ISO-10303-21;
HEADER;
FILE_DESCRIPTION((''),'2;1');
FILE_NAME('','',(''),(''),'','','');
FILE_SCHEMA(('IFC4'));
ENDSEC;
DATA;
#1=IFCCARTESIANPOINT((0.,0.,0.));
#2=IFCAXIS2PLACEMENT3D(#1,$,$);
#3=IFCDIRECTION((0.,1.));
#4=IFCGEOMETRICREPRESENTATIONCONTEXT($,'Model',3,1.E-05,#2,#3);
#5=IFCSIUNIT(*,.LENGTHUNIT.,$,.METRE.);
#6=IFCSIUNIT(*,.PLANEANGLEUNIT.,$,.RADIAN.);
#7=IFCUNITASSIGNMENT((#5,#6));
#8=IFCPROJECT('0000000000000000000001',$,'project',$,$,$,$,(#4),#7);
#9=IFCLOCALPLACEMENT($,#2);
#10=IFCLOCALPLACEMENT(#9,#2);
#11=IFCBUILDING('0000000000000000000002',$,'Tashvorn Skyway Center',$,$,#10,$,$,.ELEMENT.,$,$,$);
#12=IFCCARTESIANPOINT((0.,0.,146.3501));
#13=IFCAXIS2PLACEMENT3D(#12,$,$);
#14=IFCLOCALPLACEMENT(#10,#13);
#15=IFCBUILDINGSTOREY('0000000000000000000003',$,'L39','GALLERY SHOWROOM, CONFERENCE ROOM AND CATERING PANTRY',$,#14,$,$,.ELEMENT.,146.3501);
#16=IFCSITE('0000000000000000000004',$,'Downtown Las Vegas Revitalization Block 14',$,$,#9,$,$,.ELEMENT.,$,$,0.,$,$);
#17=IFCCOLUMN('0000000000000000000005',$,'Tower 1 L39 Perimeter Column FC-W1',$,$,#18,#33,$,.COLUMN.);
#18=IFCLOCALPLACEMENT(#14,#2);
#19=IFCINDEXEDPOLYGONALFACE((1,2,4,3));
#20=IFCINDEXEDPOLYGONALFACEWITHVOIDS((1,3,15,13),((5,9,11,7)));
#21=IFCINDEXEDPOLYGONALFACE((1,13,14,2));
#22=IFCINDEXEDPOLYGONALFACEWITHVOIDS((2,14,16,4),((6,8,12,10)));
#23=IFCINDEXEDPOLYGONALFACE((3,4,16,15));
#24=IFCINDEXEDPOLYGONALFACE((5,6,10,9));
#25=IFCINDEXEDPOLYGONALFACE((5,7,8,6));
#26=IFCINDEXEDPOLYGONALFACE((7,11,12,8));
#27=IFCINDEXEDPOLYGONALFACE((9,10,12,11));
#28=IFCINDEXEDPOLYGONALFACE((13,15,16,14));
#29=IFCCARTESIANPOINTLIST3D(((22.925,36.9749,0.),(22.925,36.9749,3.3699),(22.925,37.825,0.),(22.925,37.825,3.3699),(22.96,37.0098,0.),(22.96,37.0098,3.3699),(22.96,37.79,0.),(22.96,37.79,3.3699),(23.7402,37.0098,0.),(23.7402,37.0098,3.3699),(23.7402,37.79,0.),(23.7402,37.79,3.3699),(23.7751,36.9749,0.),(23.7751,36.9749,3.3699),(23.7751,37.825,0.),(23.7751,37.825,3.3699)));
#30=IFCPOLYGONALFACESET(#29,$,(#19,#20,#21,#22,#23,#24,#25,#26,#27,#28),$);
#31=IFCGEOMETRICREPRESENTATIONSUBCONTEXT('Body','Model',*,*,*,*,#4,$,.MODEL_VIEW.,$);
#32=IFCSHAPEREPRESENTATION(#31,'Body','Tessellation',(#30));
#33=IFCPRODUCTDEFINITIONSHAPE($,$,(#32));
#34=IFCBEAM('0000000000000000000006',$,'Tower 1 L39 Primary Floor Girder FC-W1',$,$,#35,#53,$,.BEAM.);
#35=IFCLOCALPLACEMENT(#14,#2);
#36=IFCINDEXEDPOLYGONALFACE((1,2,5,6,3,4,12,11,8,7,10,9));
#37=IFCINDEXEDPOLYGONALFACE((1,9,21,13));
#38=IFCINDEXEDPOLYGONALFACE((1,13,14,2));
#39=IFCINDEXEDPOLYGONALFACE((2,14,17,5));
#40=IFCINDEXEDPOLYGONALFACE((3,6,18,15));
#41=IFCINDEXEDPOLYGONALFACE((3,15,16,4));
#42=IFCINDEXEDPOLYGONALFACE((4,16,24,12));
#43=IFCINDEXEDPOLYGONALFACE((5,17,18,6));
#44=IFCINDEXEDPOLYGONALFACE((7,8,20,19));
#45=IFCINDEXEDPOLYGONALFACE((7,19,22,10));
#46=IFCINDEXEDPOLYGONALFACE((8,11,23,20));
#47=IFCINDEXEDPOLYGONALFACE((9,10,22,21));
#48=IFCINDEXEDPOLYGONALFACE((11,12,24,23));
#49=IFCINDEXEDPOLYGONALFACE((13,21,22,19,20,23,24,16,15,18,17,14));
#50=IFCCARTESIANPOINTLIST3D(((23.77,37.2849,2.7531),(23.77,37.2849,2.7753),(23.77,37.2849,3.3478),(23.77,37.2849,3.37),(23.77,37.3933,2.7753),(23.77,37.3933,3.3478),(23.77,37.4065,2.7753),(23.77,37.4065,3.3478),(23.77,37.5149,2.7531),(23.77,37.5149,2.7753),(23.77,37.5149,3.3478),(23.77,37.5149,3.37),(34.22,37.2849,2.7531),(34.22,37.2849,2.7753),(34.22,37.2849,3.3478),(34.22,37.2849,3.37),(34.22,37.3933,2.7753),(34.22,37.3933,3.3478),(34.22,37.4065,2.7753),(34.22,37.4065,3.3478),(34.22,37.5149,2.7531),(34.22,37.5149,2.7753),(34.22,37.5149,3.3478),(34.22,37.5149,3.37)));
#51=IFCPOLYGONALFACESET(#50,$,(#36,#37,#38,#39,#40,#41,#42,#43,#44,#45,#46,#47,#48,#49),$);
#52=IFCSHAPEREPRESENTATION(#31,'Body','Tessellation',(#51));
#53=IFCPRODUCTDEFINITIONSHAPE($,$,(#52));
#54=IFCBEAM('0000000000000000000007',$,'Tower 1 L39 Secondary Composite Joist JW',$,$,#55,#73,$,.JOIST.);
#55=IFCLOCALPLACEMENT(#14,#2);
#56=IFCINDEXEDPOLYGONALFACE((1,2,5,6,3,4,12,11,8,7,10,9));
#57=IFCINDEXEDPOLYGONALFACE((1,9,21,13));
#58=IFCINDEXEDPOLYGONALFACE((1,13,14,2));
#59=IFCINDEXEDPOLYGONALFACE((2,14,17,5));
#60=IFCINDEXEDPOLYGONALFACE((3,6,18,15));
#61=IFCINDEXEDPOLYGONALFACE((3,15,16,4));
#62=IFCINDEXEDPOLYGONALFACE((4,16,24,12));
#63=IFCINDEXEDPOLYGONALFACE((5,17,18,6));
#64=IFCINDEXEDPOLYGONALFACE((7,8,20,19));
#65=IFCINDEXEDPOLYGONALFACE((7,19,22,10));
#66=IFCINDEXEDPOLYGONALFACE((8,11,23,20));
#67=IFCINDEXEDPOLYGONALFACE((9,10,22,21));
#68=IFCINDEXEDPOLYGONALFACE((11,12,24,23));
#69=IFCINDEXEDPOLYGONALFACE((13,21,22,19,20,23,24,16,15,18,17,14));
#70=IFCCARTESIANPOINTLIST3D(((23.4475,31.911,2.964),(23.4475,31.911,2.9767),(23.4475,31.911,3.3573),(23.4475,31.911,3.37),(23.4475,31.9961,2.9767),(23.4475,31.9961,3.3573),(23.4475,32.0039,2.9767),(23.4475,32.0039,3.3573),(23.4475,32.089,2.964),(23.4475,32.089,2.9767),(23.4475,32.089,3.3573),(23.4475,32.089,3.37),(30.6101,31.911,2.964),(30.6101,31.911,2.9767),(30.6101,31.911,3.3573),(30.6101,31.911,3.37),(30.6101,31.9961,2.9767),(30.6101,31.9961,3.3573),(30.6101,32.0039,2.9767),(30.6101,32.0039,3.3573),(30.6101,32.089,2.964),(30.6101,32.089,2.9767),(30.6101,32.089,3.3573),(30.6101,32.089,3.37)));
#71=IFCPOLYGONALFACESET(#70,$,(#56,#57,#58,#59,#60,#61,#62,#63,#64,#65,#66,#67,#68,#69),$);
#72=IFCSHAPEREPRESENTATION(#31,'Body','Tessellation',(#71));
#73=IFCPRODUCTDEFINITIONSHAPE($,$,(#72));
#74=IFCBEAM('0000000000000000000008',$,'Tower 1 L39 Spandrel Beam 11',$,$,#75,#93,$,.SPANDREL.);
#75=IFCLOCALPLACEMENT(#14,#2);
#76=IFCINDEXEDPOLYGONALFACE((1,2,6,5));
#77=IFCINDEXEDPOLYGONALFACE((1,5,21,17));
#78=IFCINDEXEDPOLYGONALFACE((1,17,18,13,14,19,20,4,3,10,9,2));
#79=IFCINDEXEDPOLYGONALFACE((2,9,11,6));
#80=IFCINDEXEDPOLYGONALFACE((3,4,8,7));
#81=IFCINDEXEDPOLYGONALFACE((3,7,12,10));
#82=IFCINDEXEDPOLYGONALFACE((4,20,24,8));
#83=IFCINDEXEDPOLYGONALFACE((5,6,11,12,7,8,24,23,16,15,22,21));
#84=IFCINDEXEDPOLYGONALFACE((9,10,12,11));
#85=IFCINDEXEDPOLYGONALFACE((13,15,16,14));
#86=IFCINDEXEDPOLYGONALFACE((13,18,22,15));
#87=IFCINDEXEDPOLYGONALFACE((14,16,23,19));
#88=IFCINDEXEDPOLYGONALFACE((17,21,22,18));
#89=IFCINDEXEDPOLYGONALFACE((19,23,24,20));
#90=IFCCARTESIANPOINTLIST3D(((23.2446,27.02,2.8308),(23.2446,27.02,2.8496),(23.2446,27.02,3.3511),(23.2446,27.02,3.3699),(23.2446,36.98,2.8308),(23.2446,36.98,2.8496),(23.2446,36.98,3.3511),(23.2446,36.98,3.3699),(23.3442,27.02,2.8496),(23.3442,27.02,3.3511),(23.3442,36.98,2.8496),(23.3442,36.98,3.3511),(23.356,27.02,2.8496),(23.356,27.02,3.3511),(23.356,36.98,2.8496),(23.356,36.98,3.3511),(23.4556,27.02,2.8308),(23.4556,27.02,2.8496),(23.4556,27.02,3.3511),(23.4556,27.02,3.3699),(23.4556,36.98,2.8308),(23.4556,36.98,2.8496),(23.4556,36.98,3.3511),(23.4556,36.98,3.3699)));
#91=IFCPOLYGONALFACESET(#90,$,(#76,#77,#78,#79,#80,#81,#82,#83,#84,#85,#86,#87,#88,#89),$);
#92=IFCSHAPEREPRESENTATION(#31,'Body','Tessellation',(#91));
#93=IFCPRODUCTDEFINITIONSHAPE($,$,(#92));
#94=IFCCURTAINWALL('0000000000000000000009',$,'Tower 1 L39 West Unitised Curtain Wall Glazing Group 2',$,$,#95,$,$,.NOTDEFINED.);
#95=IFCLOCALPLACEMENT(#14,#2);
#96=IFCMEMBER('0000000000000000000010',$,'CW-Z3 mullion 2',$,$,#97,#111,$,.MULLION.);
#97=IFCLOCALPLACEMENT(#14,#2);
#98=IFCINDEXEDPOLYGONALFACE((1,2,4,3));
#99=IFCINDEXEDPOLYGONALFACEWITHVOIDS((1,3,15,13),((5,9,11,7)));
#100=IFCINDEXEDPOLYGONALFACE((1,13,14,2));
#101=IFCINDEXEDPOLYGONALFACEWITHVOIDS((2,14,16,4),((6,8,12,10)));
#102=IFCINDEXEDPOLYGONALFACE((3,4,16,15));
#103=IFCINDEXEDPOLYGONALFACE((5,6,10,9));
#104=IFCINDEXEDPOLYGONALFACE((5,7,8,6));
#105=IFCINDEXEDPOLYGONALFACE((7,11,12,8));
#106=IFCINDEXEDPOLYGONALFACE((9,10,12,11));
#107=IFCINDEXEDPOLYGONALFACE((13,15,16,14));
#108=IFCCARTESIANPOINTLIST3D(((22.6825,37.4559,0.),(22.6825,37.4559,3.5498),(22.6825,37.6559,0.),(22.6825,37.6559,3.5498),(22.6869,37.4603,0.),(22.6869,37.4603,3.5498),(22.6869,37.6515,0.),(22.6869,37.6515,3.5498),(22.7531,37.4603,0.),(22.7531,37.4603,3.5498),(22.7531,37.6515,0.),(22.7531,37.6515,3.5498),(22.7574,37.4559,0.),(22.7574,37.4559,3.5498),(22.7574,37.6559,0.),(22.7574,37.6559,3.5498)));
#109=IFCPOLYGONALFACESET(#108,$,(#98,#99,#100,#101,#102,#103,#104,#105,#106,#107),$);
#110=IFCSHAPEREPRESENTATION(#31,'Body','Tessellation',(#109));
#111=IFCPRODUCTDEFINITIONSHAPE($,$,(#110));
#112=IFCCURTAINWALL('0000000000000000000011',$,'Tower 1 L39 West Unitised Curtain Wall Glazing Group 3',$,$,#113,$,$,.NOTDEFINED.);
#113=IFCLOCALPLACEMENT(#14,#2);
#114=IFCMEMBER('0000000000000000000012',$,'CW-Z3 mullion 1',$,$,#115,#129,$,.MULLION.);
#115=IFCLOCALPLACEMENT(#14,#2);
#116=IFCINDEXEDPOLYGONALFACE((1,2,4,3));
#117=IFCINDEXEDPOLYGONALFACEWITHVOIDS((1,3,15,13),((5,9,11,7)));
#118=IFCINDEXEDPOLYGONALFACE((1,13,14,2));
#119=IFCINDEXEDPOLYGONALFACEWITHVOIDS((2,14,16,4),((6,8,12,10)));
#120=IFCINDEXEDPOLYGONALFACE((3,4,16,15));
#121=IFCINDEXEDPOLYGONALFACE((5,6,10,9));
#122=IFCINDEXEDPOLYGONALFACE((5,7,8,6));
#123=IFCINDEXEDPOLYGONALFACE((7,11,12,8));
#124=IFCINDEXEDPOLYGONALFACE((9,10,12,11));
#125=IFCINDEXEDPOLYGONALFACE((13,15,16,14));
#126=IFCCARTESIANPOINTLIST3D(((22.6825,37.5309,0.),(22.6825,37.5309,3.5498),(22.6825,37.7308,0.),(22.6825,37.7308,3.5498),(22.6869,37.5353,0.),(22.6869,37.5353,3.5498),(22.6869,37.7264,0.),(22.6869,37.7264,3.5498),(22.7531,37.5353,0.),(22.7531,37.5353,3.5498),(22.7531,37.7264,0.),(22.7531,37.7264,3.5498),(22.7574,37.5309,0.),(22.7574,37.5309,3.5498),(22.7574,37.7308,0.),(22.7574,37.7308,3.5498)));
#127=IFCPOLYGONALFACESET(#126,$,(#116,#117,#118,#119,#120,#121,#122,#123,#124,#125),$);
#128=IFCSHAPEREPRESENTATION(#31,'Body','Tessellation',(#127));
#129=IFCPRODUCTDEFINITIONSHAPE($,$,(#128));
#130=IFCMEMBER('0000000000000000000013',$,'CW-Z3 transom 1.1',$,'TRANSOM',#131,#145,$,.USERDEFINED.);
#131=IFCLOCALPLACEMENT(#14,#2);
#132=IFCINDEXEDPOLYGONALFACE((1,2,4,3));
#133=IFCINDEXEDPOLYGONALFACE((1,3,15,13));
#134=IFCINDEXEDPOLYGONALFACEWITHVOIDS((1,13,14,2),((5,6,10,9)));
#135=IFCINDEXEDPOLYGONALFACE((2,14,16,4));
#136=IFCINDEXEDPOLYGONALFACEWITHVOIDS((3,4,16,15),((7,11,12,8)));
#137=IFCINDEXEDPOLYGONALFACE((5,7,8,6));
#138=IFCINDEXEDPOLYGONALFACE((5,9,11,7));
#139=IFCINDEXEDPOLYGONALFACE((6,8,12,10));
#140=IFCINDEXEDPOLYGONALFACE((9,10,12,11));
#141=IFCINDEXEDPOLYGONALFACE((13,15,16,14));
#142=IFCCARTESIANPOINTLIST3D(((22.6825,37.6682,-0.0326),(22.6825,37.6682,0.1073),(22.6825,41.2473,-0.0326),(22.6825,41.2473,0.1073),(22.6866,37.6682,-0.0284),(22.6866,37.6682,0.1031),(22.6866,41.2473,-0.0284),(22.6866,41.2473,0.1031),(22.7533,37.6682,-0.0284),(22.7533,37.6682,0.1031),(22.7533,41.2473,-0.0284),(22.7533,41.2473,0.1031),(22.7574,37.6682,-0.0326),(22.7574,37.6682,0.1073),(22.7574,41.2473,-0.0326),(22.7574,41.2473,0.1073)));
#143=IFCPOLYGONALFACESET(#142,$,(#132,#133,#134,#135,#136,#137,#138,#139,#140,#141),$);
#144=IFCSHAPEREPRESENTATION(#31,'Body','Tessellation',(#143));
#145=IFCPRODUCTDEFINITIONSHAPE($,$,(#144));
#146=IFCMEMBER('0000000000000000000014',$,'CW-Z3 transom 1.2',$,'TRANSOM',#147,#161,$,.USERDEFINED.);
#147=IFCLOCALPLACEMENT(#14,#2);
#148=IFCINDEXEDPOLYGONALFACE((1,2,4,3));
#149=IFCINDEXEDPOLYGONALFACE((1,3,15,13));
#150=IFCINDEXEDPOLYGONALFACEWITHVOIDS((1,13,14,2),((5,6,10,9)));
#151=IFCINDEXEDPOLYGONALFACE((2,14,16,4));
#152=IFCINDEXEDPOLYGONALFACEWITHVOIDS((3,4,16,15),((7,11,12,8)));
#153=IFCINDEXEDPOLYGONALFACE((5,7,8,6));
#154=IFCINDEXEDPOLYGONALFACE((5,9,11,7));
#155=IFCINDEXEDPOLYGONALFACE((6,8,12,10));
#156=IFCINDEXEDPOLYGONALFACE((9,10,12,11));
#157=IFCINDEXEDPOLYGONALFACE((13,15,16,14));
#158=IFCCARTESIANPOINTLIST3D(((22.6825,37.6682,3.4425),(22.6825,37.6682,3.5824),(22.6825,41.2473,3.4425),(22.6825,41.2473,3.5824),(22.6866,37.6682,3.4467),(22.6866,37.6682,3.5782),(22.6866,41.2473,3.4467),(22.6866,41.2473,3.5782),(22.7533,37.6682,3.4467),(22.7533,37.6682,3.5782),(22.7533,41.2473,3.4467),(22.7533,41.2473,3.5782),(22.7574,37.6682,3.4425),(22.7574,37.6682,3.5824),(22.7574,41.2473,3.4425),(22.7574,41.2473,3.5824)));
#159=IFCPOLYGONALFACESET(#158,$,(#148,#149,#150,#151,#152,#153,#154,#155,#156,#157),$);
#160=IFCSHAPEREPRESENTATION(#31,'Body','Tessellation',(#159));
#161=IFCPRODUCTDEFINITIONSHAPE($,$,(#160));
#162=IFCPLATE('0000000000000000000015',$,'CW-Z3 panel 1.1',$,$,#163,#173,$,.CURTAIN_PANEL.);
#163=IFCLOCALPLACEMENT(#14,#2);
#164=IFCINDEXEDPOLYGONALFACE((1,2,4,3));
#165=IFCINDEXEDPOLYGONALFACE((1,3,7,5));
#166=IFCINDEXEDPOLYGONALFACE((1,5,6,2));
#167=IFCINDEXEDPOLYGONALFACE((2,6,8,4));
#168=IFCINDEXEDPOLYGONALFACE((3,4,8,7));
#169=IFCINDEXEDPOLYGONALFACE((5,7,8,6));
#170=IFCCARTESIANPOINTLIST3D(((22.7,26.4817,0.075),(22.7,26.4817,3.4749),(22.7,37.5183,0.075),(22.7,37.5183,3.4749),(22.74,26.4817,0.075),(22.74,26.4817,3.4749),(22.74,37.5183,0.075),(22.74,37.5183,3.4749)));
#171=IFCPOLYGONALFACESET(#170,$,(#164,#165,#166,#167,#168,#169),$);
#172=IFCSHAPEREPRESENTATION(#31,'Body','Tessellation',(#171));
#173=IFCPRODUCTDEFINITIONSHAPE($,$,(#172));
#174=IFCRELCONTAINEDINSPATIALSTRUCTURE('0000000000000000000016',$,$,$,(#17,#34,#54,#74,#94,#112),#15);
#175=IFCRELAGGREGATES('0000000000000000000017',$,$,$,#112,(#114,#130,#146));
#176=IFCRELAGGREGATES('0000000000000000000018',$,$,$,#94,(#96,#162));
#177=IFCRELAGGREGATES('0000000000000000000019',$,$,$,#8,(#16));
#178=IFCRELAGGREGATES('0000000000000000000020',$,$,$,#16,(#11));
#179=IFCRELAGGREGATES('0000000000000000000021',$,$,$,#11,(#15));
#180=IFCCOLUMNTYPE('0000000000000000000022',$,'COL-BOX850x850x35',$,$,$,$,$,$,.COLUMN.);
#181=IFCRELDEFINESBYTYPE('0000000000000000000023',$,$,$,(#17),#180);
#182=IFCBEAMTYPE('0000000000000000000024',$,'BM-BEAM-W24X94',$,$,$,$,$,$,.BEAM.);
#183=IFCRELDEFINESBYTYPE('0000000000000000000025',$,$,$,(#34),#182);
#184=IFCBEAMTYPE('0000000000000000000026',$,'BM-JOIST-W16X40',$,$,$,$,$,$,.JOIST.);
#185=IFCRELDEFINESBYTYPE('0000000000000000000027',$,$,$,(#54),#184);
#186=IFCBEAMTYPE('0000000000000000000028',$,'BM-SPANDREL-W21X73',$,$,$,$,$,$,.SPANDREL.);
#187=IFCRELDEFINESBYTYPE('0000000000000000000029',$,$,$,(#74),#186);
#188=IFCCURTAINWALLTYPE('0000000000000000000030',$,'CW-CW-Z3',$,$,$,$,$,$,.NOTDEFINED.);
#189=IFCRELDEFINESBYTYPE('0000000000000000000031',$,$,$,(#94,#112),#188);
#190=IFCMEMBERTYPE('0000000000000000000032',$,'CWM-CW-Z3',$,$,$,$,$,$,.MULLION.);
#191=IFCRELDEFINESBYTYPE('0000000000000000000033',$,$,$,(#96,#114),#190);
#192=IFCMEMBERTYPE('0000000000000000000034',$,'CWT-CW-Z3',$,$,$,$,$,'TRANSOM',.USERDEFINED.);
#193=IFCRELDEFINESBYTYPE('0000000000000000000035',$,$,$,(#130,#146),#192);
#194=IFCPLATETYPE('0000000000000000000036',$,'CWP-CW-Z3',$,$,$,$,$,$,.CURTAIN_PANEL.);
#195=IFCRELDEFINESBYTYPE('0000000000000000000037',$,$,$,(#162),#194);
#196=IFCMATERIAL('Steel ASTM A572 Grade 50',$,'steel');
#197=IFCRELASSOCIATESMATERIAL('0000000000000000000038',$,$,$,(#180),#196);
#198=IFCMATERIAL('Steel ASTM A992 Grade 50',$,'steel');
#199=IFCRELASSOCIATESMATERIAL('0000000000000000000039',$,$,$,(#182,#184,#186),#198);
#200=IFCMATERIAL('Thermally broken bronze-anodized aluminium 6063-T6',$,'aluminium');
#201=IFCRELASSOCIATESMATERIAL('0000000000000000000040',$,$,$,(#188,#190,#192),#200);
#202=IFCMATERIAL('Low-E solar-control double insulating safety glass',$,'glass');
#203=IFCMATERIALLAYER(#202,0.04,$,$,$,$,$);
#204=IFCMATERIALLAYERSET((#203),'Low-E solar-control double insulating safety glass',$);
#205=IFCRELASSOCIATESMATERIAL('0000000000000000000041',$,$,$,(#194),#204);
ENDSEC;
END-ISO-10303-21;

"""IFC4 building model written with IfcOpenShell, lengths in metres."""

from ifc_helpers import new_model, si_unit, direction, frame, origin, origin_2d, place, context, subcontext, project, spatial, rectangle, hollow_rectangle, i_section, extrude, material, layer, layer_set, material_profile, profile_set, type_object, element, aggregate, save


model = new_model("IFC4")

# Units and contexts
model_context = context("Model", 3, precision=1e-05, world=origin(), true_north=direction((0.0, 1.0)))
body_context = subcontext(model_context, "Body", "Model", "MODEL_VIEW")
ifc_project = project(units=[si_unit("LENGTHUNIT", "METRE"), si_unit("PLANEANGLEUNIT", "RADIAN")], contexts=[model_context])

# Site, building, storey
site_placement = place(None, origin())
site = spatial("IfcSite", under=ifc_project, at=site_placement, Name="Downtown Las Vegas Revitalization Block 14", CompositionType="ELEMENT", RefElevation=0.0)
building_placement = place(site_placement, origin())
building = spatial("IfcBuilding", under=site, at=building_placement, Name="Tashvorn Skyway Center", CompositionType="ELEMENT")
storey_placement = place(building_placement, frame((0.0, 0.0, 146.3501)))
storey = spatial("IfcBuildingStorey", under=building, at=storey_placement, Name="L39", Description="GALLERY SHOWROOM, CONFERENCE ROOM AND CATERING PANTRY", CompositionType="ELEMENT", Elevation=146.3501)

# Column
ifc_material_1 = material(Name="Steel ASTM A572 Grade 50", Category="steel")
ifc_material_profile_1 = material_profile(ifc_material_1, hollow_rectangle(XDim=0.8501, YDim=0.8501, WallThickness=0.0349, at=origin_2d()), Name="BOX850x850x35")
ifc_profile_set_1 = profile_set([ifc_material_profile_1], Name="Steel ASTM A572 Grade 50")
column_type = type_object("IfcColumnType", Name="COL-BOX850x850x35", PredefinedType="COLUMN", material=ifc_profile_set_1)
column_placement = place(storey_placement, frame((23.3501, 37.3999, 0.0), z_axis=(0.0, 0.0, 1.0), x_axis=(1.0, 0.0, 0.0)))
element("IfcColumn", 1, at=column_placement, inside=storey, type_object=column_type, Name="Tower 1 L39 Perimeter Column FC-W1", PredefinedType="COLUMN", context=body_context, shape_type="SweptSolid", body=[
    extrude(hollow_rectangle(XDim=0.8501, YDim=0.8501, WallThickness=0.0349, at=origin_2d()), origin(), (0.0, 0.0, 1.0), 3.3699),
])

# Beams
ifc_material_2 = material(Name="Steel ASTM A992 Grade 50", Category="steel")
ifc_material_profile_2 = material_profile(ifc_material_2, i_section(OverallWidth=0.23, OverallDepth=0.6169, WebThickness=0.0132, FlangeThickness=0.0222, at=origin_2d()), Name="W24X94")
ifc_profile_set_2 = profile_set([ifc_material_profile_2], Name="Steel ASTM A992 Grade 50")
beam_type_1 = type_object("IfcBeamType", Name="BM-BEAM-W24X94", PredefinedType="BEAM", material=ifc_profile_set_2)
beam_1_placement = place(storey_placement, frame((23.77, 37.3999, 3.0615), z_axis=(1.0, 0.0, 0.0), x_axis=(0.0, 1.0, 0.0)))
element("IfcBeam", 2, at=beam_1_placement, inside=storey, type_object=beam_type_1, Name="Tower 1 L39 Primary Floor Girder FC-W1", PredefinedType="BEAM", context=body_context, shape_type="SweptSolid", body=[
    extrude(i_section(OverallWidth=0.23, OverallDepth=0.6169, WebThickness=0.0132, FlangeThickness=0.0222, at=origin_2d()), origin(), (0.0, 0.0, 1.0), 10.45),
])
ifc_material_profile_3 = material_profile(ifc_material_2, i_section(OverallWidth=0.178, OverallDepth=0.406, WebThickness=0.0078, FlangeThickness=0.0127, at=origin_2d()), Name="W16X40")
ifc_profile_set_3 = profile_set([ifc_material_profile_3], Name="Steel ASTM A992 Grade 50")
beam_type_2 = type_object("IfcBeamType", Name="BM-JOIST-W16X40", PredefinedType="JOIST", material=ifc_profile_set_3)
beam_2_placement = place(storey_placement, frame((30.6101, 32.0, 3.167), z_axis=(-1.0, 0.0, 0.0), x_axis=(0.0, -1.0, 0.0)))
element("IfcBeam", 3, at=beam_2_placement, inside=storey, type_object=beam_type_2, Name="Tower 1 L39 Secondary Composite Joist JW", PredefinedType="JOIST", context=body_context, shape_type="SweptSolid", body=[
    extrude(i_section(OverallWidth=0.178, OverallDepth=0.406, WebThickness=0.0078, FlangeThickness=0.0127, at=origin_2d()), origin(), (0.0, 0.0, 1.0), 7.1626),
])
ifc_material_profile_4 = material_profile(ifc_material_2, i_section(OverallWidth=0.2109, OverallDepth=0.5391, WebThickness=0.0117, FlangeThickness=0.0188, at=origin_2d()), Name="W21X73")
ifc_profile_set_4 = profile_set([ifc_material_profile_4], Name="Steel ASTM A992 Grade 50")
beam_type_3 = type_object("IfcBeamType", Name="BM-SPANDREL-W21X73", PredefinedType="SPANDREL", material=ifc_profile_set_4)
beam_3_placement = place(storey_placement, frame((23.3501, 36.98, 3.1003), z_axis=(0.0, -1.0, 0.0), x_axis=(1.0, 0.0, 0.0)))
element("IfcBeam", 4, at=beam_3_placement, inside=storey, type_object=beam_type_3, Name="Tower 1 L39 Spandrel Beam 11", PredefinedType="SPANDREL", context=body_context, shape_type="SweptSolid", body=[
    extrude(i_section(OverallWidth=0.2109, OverallDepth=0.5391, WebThickness=0.0117, FlangeThickness=0.0188, at=origin_2d()), origin(), (0.0, 0.0, 1.0), 9.96),
])

# Curtain wall, member
ifc_material_3 = material(Name="Thermally broken bronze-anodized aluminium 6063-T6", Category="aluminium")
curtain_wall_type = type_object("IfcCurtainWallType", Name="CW-CW-Z3", PredefinedType="NOTDEFINED", material=ifc_material_3)
curtain_wall_1_placement = place(storey_placement, origin())
curtain_wall_1 = element("IfcCurtainWall", 5, at=curtain_wall_1_placement, inside=storey, type_object=curtain_wall_type, Name="Tower 1 L39 West Unitised Curtain Wall Glazing Group 2", PredefinedType="NOTDEFINED")
ifc_material_profile_5 = material_profile(ifc_material_3, hollow_rectangle(XDim=0.075, YDim=0.2, WallThickness=0.0044, at=origin_2d()), Name="ALU-MULL-75x200")
ifc_profile_set_5 = profile_set([ifc_material_profile_5], Name="Thermally broken bronze-anodized aluminium 6063-T6")
member_type_1 = type_object("IfcMemberType", Name="CWM-CW-Z3", PredefinedType="MULLION", material=ifc_profile_set_5)
member_1_placement = place(storey_placement, frame((22.72, 37.5559, 0.0), z_axis=(0.0, 0.0, 1.0), x_axis=(-1.0, 0.0, 0.0)))
member_1 = element("IfcMember", 6, at=member_1_placement, type_object=member_type_1, Name="CW-Z3 mullion 2", PredefinedType="MULLION", context=body_context, shape_type="SweptSolid", body=[
    extrude(hollow_rectangle(XDim=0.075, YDim=0.2, WallThickness=0.0044, at=origin_2d()), origin(), (0.0, 0.0, 1.0), 3.5498),
])

# Curtain wall, members
curtain_wall_2_placement = place(storey_placement, origin())
curtain_wall_2 = element("IfcCurtainWall", 7, at=curtain_wall_2_placement, inside=storey, type_object=curtain_wall_type, Name="Tower 1 L39 West Unitised Curtain Wall Glazing Group 3", PredefinedType="NOTDEFINED")
member_2_placement = place(storey_placement, frame((22.72, 37.6309, 0.0), z_axis=(0.0, 0.0, 1.0), x_axis=(-1.0, 0.0, 0.0)))
member_2 = element("IfcMember", 8, at=member_2_placement, type_object=member_type_1, Name="CW-Z3 mullion 1", PredefinedType="MULLION", context=body_context, shape_type="SweptSolid", body=[
    extrude(hollow_rectangle(XDim=0.075, YDim=0.2, WallThickness=0.0044, at=origin_2d()), origin(), (0.0, 0.0, 1.0), 3.5498),
])
ifc_material_profile_6 = material_profile(ifc_material_3, hollow_rectangle(XDim=0.075, YDim=0.1399, WallThickness=0.0042, at=origin_2d()), Name="ALU-TRAN-75x140")
ifc_profile_set_6 = profile_set([ifc_material_profile_6], Name="Thermally broken bronze-anodized aluminium 6063-T6")
member_type_2 = type_object("IfcMemberType", Name="CWT-CW-Z3", ElementType="TRANSOM", PredefinedType="USERDEFINED", material=ifc_profile_set_6)
member_3_placement = place(storey_placement, frame((22.72, 37.6682, 0.0374), z_axis=(0.0, 1.0, 0.0), x_axis=(-1.0, 0.0, 0.0)))
member_3 = element("IfcMember", 9, at=member_3_placement, type_object=member_type_2, Name="CW-Z3 transom 1.1", ObjectType="TRANSOM", PredefinedType="USERDEFINED", context=body_context, shape_type="SweptSolid", body=[
    extrude(hollow_rectangle(XDim=0.075, YDim=0.1399, WallThickness=0.0042, at=origin_2d()), origin(), (0.0, 0.0, 1.0), 3.5791),
])
member_4_placement = place(storey_placement, frame((22.72, 37.6682, 3.5125), z_axis=(0.0, 1.0, 0.0), x_axis=(-1.0, 0.0, 0.0)))
member_4 = element("IfcMember", 10, at=member_4_placement, type_object=member_type_2, Name="CW-Z3 transom 1.2", ObjectType="TRANSOM", PredefinedType="USERDEFINED", context=body_context, shape_type="SweptSolid", body=[
    extrude(hollow_rectangle(XDim=0.075, YDim=0.1399, WallThickness=0.0042, at=origin_2d()), origin(), (0.0, 0.0, 1.0), 3.5791),
])
aggregate(curtain_wall_2, [member_2, member_3, member_4])

# Plate
ifc_material_4 = material(Name="Low-E solar-control double insulating safety glass", Category="glass")
ifc_layer_1 = layer(ifc_material_4, 0.04)
ifc_layer_set_1 = layer_set([ifc_layer_1], Name="Low-E solar-control double insulating safety glass")
plate_type = type_object("IfcPlateType", Name="CWP-CW-Z3", PredefinedType="CURTAIN_PANEL", material=ifc_layer_set_1)
plate_placement = place(storey_placement, frame((22.72, 32.0, 0.075), z_axis=(0.0, 0.0, 1.0), x_axis=(0.0, 1.0, 0.0)))
plate = element("IfcPlate", 11, at=plate_placement, type_object=plate_type, Name="CW-Z3 panel 1.1", PredefinedType="CURTAIN_PANEL", context=body_context, shape_type="SweptSolid", body=[
    extrude(rectangle(XDim=11.0366, YDim=0.04, at=origin_2d()), origin(), (0.0, 0.0, 1.0), 3.3999),
])
aggregate(curtain_wall_1, [member_1, plate])

save(model, "model.ifc")
